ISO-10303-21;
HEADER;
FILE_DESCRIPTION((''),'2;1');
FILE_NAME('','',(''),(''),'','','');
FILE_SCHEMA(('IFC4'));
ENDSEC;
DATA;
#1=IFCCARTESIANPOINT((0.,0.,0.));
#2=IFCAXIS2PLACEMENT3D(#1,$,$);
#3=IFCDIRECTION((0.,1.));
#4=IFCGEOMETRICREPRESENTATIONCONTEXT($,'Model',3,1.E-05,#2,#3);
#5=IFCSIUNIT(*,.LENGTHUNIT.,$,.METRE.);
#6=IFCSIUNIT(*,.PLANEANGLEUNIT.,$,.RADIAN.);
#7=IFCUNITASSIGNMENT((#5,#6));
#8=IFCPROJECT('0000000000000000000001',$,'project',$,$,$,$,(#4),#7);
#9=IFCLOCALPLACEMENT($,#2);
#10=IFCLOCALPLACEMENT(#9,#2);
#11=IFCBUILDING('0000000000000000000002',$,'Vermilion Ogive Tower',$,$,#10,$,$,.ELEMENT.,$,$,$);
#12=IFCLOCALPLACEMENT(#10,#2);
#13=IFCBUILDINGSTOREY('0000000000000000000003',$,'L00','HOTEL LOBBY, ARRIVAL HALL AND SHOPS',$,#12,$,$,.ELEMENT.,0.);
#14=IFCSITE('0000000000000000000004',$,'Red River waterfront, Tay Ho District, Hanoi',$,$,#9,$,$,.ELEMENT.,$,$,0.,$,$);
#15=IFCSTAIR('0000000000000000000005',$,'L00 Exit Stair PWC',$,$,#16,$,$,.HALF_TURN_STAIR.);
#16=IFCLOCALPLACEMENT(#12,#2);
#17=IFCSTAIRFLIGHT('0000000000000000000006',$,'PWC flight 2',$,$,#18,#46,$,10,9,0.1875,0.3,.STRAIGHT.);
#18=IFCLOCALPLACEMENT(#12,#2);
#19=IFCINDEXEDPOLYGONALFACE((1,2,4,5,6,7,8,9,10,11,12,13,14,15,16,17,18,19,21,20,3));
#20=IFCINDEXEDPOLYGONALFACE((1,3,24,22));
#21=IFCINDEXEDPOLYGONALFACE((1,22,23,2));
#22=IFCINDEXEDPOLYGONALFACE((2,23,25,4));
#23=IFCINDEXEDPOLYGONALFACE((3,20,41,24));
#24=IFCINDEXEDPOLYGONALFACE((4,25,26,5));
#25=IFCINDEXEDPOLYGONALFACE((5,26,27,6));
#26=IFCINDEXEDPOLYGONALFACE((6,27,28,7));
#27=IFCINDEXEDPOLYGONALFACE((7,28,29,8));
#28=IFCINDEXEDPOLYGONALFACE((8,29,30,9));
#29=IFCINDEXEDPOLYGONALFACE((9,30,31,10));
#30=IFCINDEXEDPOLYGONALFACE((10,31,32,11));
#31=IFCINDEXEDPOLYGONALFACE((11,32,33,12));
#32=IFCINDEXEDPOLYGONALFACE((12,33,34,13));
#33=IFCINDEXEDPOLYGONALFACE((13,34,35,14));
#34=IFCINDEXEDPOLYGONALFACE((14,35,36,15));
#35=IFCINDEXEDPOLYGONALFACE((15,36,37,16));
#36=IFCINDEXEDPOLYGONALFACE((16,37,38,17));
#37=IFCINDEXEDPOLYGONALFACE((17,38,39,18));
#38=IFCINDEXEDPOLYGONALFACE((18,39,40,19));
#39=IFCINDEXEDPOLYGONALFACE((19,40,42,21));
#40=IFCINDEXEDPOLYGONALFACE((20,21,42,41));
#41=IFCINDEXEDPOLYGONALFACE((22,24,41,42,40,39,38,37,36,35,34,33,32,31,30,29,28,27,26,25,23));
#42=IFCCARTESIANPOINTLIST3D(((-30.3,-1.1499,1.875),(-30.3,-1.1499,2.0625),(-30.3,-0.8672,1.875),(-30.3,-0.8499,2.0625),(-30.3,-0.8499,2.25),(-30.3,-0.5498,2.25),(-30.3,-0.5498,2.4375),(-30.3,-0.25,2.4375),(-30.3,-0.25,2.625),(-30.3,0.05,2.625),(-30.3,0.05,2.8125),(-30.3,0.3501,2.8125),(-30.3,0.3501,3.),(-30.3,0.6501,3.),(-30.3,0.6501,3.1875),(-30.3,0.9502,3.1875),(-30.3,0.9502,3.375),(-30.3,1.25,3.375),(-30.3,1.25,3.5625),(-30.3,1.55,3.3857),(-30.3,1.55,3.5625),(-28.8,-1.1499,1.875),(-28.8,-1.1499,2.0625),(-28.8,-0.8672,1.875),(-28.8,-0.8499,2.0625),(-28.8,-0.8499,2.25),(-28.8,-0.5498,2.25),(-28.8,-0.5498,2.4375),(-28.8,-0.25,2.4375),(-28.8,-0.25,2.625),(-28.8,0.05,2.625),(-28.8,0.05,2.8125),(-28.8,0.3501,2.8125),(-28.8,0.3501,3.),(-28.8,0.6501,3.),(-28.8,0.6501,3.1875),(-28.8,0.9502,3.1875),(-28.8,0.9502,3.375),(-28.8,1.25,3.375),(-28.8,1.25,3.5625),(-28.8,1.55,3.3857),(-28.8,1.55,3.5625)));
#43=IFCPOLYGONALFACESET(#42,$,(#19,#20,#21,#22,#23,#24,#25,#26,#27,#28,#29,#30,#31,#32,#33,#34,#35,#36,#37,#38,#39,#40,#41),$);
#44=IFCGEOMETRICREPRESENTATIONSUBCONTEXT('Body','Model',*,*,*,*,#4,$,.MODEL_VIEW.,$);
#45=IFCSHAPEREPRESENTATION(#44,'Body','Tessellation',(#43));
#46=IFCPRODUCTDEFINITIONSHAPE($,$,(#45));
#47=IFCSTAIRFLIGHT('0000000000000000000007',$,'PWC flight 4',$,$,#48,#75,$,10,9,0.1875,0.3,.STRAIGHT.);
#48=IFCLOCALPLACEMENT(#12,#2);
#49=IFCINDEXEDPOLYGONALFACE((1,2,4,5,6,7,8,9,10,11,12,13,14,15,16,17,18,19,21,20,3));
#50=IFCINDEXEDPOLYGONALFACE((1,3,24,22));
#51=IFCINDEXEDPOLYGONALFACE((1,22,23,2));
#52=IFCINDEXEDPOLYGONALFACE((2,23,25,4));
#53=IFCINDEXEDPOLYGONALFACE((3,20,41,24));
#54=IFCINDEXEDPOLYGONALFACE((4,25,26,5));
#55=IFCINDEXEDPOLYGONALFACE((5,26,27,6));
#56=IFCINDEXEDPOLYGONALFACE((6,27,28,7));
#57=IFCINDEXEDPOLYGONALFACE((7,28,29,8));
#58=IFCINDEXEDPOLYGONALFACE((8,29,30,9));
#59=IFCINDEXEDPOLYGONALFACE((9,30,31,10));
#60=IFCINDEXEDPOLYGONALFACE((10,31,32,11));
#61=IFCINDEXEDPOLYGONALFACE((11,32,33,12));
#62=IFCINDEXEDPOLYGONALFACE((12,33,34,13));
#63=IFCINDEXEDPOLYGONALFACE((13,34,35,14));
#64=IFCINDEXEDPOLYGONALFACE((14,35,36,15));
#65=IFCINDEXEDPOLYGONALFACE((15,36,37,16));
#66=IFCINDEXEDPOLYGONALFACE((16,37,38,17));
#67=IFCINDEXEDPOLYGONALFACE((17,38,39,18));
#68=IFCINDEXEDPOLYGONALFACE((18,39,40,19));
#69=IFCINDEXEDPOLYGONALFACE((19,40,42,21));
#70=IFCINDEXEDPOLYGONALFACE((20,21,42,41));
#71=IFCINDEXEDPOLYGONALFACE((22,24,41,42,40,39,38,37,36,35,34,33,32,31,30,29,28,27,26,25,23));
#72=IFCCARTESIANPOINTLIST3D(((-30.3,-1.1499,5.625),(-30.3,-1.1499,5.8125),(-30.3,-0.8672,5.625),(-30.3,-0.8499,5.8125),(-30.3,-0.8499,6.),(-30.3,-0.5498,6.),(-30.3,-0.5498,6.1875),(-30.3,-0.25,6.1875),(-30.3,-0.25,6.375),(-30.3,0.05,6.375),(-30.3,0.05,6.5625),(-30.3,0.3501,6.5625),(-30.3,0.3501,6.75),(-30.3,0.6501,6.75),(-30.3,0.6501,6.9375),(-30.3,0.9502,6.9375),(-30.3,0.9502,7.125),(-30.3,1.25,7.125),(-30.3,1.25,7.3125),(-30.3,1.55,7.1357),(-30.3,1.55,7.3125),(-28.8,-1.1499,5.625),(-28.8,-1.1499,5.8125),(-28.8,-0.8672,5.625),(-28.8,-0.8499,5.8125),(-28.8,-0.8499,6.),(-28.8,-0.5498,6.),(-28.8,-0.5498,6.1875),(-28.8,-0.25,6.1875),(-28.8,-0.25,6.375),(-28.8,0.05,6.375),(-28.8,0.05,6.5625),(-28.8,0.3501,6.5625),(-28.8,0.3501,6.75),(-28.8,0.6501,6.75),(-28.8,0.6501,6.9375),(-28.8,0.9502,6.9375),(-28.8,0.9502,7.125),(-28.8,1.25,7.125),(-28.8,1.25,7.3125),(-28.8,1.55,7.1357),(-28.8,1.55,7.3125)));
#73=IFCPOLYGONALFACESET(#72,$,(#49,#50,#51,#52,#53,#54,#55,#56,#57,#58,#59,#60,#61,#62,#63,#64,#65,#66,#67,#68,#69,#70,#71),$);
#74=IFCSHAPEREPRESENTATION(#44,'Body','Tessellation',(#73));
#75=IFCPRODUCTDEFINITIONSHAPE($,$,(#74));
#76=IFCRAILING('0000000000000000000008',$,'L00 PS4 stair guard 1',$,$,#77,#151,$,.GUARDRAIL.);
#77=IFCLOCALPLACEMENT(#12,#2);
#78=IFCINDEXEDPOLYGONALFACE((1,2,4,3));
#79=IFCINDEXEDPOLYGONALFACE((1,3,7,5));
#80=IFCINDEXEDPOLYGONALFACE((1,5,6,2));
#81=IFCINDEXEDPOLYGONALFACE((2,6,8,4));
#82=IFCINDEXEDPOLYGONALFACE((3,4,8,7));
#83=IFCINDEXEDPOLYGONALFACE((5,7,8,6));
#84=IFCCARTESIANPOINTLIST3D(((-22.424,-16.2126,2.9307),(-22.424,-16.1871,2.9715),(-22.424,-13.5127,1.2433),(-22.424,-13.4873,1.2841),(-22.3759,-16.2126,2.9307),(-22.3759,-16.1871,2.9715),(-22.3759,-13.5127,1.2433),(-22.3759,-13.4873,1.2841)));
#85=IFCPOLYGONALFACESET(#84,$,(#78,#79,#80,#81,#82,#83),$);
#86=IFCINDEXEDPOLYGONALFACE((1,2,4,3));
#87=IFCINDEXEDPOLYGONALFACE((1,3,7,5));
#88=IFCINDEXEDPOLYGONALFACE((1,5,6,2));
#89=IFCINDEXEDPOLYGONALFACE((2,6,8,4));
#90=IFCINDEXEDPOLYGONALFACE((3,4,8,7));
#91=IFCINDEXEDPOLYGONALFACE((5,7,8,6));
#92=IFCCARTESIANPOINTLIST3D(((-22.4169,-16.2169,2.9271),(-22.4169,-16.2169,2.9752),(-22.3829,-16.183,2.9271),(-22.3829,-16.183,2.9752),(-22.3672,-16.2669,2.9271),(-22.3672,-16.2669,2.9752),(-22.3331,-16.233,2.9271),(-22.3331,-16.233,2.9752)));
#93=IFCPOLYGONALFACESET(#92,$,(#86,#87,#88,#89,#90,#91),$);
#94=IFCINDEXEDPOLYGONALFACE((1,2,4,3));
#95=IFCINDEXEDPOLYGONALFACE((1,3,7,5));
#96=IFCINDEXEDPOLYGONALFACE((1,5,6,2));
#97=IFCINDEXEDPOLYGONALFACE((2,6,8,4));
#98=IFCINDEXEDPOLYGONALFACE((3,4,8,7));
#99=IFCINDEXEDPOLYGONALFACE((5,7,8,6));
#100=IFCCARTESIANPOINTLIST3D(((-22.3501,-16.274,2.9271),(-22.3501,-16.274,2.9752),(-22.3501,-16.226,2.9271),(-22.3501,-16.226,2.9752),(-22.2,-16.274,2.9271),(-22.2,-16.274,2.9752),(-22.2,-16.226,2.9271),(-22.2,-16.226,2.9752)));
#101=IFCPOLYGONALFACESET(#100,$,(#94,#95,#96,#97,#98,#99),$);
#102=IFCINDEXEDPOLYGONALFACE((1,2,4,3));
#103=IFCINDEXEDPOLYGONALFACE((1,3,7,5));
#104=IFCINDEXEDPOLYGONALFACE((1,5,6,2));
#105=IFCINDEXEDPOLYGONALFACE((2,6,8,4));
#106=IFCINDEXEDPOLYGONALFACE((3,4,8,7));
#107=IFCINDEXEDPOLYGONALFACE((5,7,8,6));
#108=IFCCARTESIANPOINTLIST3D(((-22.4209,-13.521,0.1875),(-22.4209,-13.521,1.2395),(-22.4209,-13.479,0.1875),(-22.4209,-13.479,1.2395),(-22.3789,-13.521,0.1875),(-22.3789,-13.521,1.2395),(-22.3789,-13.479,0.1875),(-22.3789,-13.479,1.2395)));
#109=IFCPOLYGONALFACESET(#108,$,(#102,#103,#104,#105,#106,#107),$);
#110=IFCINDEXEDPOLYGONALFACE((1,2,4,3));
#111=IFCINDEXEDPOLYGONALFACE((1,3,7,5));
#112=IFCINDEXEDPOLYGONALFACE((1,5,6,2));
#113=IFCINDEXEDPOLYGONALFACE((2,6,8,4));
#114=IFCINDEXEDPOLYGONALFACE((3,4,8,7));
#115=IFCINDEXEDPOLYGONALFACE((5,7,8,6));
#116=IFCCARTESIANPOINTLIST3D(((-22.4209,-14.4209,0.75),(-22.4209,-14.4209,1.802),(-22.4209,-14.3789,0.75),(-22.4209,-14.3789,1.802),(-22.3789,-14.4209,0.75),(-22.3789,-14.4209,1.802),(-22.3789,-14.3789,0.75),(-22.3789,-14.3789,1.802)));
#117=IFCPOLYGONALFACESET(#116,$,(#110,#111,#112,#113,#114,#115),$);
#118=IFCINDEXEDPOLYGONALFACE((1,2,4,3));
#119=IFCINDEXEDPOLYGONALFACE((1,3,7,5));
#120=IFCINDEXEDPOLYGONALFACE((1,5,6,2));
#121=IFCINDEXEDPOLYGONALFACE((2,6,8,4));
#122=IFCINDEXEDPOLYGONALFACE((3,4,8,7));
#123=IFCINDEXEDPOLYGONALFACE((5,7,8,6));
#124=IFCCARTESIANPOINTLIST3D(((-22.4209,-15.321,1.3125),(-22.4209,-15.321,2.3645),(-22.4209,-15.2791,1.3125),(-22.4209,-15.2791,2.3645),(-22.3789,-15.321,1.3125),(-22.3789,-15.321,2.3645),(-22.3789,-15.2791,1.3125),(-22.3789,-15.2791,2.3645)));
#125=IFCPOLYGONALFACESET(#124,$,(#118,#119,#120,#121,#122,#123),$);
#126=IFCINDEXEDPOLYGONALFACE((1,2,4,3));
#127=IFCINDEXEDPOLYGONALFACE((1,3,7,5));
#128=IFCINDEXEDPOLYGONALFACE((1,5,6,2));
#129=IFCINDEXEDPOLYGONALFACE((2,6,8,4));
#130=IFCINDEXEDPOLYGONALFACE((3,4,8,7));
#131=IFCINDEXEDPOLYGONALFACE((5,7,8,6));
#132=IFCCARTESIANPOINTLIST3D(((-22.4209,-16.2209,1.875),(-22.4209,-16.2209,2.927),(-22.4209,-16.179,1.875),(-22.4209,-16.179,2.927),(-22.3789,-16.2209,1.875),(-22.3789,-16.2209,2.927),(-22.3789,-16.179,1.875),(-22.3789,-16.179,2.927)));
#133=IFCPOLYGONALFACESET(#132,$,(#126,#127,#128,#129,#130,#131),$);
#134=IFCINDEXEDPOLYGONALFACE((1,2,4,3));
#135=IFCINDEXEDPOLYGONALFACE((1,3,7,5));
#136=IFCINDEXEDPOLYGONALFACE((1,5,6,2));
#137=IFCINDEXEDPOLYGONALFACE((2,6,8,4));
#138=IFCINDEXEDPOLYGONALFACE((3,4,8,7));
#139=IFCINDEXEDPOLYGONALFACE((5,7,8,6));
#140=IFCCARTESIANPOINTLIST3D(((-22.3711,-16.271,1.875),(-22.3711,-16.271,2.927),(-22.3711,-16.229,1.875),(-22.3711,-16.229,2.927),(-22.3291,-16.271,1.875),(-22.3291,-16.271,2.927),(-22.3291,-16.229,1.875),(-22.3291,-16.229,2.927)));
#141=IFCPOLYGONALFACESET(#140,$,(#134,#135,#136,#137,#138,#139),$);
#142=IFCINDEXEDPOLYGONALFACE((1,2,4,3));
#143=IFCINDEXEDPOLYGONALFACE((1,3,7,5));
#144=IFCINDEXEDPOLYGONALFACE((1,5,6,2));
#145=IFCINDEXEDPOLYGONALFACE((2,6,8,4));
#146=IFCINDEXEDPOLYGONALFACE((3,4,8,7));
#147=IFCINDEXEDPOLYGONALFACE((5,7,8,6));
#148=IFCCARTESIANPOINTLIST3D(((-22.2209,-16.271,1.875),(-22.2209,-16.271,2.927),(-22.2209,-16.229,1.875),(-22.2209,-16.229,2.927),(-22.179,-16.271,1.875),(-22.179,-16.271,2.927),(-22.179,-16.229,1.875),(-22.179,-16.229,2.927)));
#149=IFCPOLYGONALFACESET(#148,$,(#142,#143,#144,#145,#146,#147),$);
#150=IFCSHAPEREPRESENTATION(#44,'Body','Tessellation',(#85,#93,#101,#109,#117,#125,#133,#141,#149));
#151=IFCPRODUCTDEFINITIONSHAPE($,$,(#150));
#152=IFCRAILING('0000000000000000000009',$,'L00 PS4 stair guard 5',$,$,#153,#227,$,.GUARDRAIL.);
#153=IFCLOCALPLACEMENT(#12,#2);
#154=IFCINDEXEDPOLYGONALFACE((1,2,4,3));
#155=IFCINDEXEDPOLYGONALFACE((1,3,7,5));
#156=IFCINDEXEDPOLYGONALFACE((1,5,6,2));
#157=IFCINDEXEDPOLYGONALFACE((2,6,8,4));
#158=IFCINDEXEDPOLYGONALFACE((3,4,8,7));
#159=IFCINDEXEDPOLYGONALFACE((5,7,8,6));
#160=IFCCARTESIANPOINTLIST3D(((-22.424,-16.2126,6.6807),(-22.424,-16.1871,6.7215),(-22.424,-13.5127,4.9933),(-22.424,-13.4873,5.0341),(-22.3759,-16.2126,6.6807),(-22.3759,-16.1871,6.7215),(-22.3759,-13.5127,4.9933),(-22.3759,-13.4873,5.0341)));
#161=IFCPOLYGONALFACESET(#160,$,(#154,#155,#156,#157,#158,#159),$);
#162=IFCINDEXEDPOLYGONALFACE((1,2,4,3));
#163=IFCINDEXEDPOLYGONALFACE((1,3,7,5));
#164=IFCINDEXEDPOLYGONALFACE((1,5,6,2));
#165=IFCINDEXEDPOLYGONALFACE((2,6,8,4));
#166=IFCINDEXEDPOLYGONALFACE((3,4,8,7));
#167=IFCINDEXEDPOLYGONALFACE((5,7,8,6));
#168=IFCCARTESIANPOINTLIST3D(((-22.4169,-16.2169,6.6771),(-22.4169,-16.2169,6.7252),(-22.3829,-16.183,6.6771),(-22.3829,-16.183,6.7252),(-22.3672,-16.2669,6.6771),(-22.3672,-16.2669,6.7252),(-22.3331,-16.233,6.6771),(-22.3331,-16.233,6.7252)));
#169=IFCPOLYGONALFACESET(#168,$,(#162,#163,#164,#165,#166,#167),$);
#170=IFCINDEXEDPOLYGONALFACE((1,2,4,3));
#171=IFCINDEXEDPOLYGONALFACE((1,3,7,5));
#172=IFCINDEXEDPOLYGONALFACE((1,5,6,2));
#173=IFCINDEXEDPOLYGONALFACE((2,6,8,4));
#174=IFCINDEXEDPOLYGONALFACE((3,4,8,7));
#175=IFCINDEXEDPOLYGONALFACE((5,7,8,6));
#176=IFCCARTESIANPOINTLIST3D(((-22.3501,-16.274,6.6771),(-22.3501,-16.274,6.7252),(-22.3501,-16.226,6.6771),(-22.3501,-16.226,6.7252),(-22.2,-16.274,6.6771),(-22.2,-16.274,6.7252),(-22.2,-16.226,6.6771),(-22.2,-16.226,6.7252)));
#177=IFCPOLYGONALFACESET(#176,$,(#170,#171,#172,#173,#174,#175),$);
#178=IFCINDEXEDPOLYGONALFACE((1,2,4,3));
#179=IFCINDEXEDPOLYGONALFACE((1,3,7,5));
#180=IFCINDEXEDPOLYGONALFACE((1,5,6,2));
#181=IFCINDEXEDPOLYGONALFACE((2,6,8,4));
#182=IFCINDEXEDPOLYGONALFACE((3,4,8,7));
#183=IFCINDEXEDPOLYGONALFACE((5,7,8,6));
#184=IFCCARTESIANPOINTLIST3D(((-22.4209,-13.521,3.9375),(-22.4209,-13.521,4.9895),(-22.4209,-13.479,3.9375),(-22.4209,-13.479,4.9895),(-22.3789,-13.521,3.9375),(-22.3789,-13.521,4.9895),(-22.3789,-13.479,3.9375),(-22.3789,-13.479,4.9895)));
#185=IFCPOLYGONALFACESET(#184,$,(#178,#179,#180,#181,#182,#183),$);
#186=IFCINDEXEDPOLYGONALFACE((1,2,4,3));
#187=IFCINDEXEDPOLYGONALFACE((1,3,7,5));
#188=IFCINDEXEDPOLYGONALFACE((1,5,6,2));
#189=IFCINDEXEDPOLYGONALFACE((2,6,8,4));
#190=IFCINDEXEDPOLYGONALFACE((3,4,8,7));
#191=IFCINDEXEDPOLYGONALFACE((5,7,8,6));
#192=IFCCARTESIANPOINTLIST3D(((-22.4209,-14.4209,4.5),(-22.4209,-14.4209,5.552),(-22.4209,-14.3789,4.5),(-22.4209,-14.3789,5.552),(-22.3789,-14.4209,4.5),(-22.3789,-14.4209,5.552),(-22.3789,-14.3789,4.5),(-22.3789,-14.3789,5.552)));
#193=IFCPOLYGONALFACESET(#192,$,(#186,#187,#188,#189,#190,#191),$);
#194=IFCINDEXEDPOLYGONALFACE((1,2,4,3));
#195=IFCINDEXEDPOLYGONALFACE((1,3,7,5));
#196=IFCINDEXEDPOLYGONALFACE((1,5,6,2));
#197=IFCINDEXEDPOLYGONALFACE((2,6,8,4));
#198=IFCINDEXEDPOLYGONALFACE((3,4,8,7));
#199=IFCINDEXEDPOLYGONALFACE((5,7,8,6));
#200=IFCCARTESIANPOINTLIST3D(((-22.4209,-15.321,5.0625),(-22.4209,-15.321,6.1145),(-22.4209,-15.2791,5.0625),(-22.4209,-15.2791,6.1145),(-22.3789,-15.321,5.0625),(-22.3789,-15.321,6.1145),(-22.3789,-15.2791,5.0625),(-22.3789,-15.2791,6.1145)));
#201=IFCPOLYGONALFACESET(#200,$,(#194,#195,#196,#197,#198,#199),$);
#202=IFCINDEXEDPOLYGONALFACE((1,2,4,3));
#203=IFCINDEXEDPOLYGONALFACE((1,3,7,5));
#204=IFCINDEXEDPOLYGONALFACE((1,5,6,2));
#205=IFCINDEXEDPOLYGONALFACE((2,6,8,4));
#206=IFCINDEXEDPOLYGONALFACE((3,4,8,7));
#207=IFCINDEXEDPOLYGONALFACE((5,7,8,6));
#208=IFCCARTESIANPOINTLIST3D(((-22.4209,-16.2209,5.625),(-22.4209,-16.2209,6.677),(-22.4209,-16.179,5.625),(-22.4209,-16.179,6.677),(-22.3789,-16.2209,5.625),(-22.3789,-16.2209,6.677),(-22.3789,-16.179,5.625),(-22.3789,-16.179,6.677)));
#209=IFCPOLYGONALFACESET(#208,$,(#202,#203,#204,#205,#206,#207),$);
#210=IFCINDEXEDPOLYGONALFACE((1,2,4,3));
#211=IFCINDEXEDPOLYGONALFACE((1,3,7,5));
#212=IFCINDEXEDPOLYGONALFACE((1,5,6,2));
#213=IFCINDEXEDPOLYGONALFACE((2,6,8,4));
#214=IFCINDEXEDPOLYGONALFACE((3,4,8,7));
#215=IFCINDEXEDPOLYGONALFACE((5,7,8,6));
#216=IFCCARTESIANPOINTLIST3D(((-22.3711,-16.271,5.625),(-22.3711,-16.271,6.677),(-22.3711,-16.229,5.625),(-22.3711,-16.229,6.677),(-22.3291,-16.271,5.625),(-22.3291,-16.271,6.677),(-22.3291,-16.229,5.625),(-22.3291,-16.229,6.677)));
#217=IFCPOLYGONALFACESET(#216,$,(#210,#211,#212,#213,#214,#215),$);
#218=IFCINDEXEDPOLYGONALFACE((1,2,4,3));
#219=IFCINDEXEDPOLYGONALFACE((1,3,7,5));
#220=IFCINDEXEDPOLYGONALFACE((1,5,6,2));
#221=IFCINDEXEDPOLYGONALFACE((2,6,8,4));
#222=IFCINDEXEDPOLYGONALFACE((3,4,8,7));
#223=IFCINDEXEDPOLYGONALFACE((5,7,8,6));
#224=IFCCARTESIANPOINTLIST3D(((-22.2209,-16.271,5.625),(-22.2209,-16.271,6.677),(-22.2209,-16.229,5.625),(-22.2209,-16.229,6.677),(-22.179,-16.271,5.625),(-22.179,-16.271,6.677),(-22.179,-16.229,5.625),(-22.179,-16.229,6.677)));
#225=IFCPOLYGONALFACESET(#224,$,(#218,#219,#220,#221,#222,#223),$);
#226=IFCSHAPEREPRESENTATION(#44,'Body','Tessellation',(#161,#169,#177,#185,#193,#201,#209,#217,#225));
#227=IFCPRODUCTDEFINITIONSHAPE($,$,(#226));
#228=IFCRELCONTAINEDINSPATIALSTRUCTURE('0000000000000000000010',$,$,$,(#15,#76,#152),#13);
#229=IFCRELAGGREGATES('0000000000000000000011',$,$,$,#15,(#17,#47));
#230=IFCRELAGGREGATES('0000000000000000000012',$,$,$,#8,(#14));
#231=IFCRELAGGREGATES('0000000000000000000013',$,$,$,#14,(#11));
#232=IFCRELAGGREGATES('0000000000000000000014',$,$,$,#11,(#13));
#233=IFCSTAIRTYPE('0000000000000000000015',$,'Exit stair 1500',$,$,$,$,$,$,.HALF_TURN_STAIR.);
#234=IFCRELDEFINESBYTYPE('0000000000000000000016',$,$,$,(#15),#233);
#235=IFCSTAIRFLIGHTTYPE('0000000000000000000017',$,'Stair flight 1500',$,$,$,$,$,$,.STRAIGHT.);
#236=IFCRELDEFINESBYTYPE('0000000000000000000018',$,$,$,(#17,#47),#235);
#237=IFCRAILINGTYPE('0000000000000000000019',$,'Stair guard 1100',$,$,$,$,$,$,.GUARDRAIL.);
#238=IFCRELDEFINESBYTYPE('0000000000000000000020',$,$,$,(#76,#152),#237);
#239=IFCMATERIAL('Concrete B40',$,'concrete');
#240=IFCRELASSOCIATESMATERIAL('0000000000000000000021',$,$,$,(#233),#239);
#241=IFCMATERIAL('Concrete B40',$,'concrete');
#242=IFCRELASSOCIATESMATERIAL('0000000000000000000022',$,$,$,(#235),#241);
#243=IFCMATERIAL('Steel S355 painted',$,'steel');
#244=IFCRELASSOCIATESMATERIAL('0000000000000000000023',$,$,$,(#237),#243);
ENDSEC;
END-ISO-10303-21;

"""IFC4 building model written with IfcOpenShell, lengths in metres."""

from ifc_helpers import new_model, si_unit, direction, frame, origin, origin_2d, place, context, subcontext, project, spatial, polyline, rectangle, outline, extrude, material, type_object, element, aggregate, save


model = new_model("IFC4")

# Units and contexts
model_context = context("Model", 3, precision=1e-05, world=origin(), true_north=direction((0.0, 1.0)))
body_context = subcontext(model_context, "Body", "Model", "MODEL_VIEW")
ifc_project = project(units=[si_unit("LENGTHUNIT", "METRE"), si_unit("PLANEANGLEUNIT", "RADIAN")], contexts=[model_context])

# Site, building, storey
site_placement = place(None, origin())
site = spatial("IfcSite", under=ifc_project, at=site_placement, Name="Red River waterfront, Tay Ho District, Hanoi", CompositionType="ELEMENT", RefElevation=0.0)
building_placement = place(site_placement, origin())
building = spatial("IfcBuilding", under=site, at=building_placement, Name="Vermilion Ogive Tower", CompositionType="ELEMENT")
storey_placement = place(building_placement, origin())
storey = spatial("IfcBuildingStorey", under=building, at=storey_placement, Name="L00", Description="HOTEL LOBBY, ARRIVAL HALL AND SHOPS", CompositionType="ELEMENT", Elevation=0.0)

# Stair, stair flights
ifc_material_1 = material(Name="Concrete B40", Category="concrete")
stair_type = type_object("IfcStairType", Name="Exit stair 1500", PredefinedType="HALF_TURN_STAIR", material=ifc_material_1)
ifc_material_2 = material(Name="Concrete B40", Category="concrete")
stair_flight_type = type_object("IfcStairFlightType", Name="Stair flight 1500", PredefinedType="STRAIGHT", material=ifc_material_2)
stair_1_placement = place(storey_placement, origin())
stair_1 = element("IfcStair", 1, at=stair_1_placement, inside=storey, type_object=stair_type, Name="L00 Exit Stair PWC", PredefinedType="HALF_TURN_STAIR")
stair_flight_1_placement = place(storey_placement, frame((-29.55, -1.1499, 1.875), z_axis=(0.0, 0.0, 1.0), x_axis=(0.0, 1.0, 0.0)))
stair_flight_1 = element("IfcStairFlight", 2, at=stair_flight_1_placement, type_object=stair_flight_type, Name="PWC flight 2", NumberOfRisers=10, NumberOfTreads=9, PredefinedType="STRAIGHT", RiserHeight=0.1875, TreadLength=0.3, context=body_context, shape_type="SweptSolid", body=[
    extrude(outline(polyline([(0.0, 0.0), (0.0, 0.1875), (0.3, 0.1875), (0.3, 0.375), (0.6001, 0.375), (0.6001, 0.5625), (0.8999, 0.5625), (0.8999, 0.75), (1.2, 0.75), (1.2, 0.9375), (1.5, 0.9375), (1.5, 1.125), (1.8, 1.125), (1.8, 1.3125), (2.1001, 1.3125), (2.1001, 1.5), (2.3999, 1.5), (2.3999, 1.6875), (2.7, 1.6875), (2.7, 1.875), (2.7, 1.5107), (0.2827, 0.0), (0.0, 0.0)])), frame((0.0, 0.75, 0.0), z_axis=(0.0, -1.0, 0.0), x_axis=(1.0, 0.0, 0.0)), (0.0, 0.0, 1.0), 1.5),
])
stair_flight_2_placement = place(storey_placement, frame((-29.55, -1.1499, 5.625), z_axis=(0.0, 0.0, 1.0), x_axis=(0.0, 1.0, 0.0)))
stair_flight_2 = element("IfcStairFlight", 3, at=stair_flight_2_placement, type_object=stair_flight_type, Name="PWC flight 4", NumberOfRisers=10, NumberOfTreads=9, PredefinedType="STRAIGHT", RiserHeight=0.1875, TreadLength=0.3, context=body_context, shape_type="SweptSolid", body=[
    extrude(outline(polyline([(0.0, 0.0), (0.0, 0.1875), (0.3, 0.1875), (0.3, 0.375), (0.6001, 0.375), (0.6001, 0.5625), (0.8999, 0.5625), (0.8999, 0.75), (1.2, 0.75), (1.2, 0.9375), (1.5, 0.9375), (1.5, 1.125), (1.8, 1.125), (1.8, 1.3125), (2.1001, 1.3125), (2.1001, 1.5), (2.3999, 1.5), (2.3999, 1.6875), (2.7, 1.6875), (2.7, 1.875), (2.7, 1.5107), (0.2827, 0.0), (0.0, 0.0)])), frame((0.0, 0.75, 0.0), z_axis=(0.0, -1.0, 0.0), x_axis=(1.0, 0.0, 0.0)), (0.0, 0.0, 1.0), 1.5),
])
aggregate(stair_1, [stair_flight_1, stair_flight_2])

# Railings
ifc_material_3 = material(Name="Steel S355 painted", Category="steel")
railing_type_1 = type_object("IfcRailingType", Name="Stair guard 1100", PredefinedType="GUARDRAIL", material=ifc_material_3)
for number, where, name in (
    (4, (-22.3999, -13.5, 0.1875), "L00 PS4 stair guard 1"),
    (5, (-22.3999, -13.5, 3.9375), "L00 PS4 stair guard 5"),
):
    element("IfcRailing", number, at=place(storey_placement, frame(where)), inside=storey, type_object=railing_type_1, Name=name, PredefinedType="GUARDRAIL", context=body_context, shape_type="SweptSolid", body=[
        extrude(rectangle(XDim=0.0481, YDim=0.0481, at=origin_2d()), frame((0.0, 0.0, 1.0762), z_axis=(0.0, -0.847994, 0.530006), x_axis=(1.0, 0.0, 0.0)), (0.0, 0.0, 1.0), 3.1838),
        extrude(rectangle(XDim=0.0481, YDim=0.0481, at=origin_2d()), frame((0.0, -2.7, 2.7637), z_axis=(0.705376, -0.708834, 0.0), x_axis=(0.708834, 0.705376, 0.0)), (0.0, 0.0, 1.0), 0.0706),
        extrude(rectangle(XDim=0.0481, YDim=0.0481, at=origin_2d()), frame((0.0498, -2.75, 2.7637), z_axis=(1.0, 0.0, 0.0), x_axis=(0.0, 1.0, 0.0)), (0.0, 0.0, 1.0), 0.1501),
        extrude(rectangle(XDim=0.042, YDim=0.042, at=origin_2d()), origin(), (0.0, 0.0, 1.0), 1.052),
        extrude(rectangle(XDim=0.042, YDim=0.042, at=origin_2d()), frame((0.0, -0.8999, 0.5625)), (0.0, 0.0, 1.0), 1.052),
        extrude(rectangle(XDim=0.042, YDim=0.042, at=origin_2d()), frame((0.0, -1.8, 1.125)), (0.0, 0.0, 1.0), 1.052),
        extrude(rectangle(XDim=0.042, YDim=0.042, at=origin_2d()), frame((0.0, -2.7, 1.6875)), (0.0, 0.0, 1.0), 1.052),
        extrude(rectangle(XDim=0.042, YDim=0.042, at=origin_2d()), frame((0.0498, -2.75, 1.6875)), (0.0, 0.0, 1.0), 1.052),
        extrude(rectangle(XDim=0.042, YDim=0.042, at=origin_2d()), frame((0.2, -2.75, 1.6875)), (0.0, 0.0, 1.0), 1.052),
    ])

save(model, "model.ifc")
